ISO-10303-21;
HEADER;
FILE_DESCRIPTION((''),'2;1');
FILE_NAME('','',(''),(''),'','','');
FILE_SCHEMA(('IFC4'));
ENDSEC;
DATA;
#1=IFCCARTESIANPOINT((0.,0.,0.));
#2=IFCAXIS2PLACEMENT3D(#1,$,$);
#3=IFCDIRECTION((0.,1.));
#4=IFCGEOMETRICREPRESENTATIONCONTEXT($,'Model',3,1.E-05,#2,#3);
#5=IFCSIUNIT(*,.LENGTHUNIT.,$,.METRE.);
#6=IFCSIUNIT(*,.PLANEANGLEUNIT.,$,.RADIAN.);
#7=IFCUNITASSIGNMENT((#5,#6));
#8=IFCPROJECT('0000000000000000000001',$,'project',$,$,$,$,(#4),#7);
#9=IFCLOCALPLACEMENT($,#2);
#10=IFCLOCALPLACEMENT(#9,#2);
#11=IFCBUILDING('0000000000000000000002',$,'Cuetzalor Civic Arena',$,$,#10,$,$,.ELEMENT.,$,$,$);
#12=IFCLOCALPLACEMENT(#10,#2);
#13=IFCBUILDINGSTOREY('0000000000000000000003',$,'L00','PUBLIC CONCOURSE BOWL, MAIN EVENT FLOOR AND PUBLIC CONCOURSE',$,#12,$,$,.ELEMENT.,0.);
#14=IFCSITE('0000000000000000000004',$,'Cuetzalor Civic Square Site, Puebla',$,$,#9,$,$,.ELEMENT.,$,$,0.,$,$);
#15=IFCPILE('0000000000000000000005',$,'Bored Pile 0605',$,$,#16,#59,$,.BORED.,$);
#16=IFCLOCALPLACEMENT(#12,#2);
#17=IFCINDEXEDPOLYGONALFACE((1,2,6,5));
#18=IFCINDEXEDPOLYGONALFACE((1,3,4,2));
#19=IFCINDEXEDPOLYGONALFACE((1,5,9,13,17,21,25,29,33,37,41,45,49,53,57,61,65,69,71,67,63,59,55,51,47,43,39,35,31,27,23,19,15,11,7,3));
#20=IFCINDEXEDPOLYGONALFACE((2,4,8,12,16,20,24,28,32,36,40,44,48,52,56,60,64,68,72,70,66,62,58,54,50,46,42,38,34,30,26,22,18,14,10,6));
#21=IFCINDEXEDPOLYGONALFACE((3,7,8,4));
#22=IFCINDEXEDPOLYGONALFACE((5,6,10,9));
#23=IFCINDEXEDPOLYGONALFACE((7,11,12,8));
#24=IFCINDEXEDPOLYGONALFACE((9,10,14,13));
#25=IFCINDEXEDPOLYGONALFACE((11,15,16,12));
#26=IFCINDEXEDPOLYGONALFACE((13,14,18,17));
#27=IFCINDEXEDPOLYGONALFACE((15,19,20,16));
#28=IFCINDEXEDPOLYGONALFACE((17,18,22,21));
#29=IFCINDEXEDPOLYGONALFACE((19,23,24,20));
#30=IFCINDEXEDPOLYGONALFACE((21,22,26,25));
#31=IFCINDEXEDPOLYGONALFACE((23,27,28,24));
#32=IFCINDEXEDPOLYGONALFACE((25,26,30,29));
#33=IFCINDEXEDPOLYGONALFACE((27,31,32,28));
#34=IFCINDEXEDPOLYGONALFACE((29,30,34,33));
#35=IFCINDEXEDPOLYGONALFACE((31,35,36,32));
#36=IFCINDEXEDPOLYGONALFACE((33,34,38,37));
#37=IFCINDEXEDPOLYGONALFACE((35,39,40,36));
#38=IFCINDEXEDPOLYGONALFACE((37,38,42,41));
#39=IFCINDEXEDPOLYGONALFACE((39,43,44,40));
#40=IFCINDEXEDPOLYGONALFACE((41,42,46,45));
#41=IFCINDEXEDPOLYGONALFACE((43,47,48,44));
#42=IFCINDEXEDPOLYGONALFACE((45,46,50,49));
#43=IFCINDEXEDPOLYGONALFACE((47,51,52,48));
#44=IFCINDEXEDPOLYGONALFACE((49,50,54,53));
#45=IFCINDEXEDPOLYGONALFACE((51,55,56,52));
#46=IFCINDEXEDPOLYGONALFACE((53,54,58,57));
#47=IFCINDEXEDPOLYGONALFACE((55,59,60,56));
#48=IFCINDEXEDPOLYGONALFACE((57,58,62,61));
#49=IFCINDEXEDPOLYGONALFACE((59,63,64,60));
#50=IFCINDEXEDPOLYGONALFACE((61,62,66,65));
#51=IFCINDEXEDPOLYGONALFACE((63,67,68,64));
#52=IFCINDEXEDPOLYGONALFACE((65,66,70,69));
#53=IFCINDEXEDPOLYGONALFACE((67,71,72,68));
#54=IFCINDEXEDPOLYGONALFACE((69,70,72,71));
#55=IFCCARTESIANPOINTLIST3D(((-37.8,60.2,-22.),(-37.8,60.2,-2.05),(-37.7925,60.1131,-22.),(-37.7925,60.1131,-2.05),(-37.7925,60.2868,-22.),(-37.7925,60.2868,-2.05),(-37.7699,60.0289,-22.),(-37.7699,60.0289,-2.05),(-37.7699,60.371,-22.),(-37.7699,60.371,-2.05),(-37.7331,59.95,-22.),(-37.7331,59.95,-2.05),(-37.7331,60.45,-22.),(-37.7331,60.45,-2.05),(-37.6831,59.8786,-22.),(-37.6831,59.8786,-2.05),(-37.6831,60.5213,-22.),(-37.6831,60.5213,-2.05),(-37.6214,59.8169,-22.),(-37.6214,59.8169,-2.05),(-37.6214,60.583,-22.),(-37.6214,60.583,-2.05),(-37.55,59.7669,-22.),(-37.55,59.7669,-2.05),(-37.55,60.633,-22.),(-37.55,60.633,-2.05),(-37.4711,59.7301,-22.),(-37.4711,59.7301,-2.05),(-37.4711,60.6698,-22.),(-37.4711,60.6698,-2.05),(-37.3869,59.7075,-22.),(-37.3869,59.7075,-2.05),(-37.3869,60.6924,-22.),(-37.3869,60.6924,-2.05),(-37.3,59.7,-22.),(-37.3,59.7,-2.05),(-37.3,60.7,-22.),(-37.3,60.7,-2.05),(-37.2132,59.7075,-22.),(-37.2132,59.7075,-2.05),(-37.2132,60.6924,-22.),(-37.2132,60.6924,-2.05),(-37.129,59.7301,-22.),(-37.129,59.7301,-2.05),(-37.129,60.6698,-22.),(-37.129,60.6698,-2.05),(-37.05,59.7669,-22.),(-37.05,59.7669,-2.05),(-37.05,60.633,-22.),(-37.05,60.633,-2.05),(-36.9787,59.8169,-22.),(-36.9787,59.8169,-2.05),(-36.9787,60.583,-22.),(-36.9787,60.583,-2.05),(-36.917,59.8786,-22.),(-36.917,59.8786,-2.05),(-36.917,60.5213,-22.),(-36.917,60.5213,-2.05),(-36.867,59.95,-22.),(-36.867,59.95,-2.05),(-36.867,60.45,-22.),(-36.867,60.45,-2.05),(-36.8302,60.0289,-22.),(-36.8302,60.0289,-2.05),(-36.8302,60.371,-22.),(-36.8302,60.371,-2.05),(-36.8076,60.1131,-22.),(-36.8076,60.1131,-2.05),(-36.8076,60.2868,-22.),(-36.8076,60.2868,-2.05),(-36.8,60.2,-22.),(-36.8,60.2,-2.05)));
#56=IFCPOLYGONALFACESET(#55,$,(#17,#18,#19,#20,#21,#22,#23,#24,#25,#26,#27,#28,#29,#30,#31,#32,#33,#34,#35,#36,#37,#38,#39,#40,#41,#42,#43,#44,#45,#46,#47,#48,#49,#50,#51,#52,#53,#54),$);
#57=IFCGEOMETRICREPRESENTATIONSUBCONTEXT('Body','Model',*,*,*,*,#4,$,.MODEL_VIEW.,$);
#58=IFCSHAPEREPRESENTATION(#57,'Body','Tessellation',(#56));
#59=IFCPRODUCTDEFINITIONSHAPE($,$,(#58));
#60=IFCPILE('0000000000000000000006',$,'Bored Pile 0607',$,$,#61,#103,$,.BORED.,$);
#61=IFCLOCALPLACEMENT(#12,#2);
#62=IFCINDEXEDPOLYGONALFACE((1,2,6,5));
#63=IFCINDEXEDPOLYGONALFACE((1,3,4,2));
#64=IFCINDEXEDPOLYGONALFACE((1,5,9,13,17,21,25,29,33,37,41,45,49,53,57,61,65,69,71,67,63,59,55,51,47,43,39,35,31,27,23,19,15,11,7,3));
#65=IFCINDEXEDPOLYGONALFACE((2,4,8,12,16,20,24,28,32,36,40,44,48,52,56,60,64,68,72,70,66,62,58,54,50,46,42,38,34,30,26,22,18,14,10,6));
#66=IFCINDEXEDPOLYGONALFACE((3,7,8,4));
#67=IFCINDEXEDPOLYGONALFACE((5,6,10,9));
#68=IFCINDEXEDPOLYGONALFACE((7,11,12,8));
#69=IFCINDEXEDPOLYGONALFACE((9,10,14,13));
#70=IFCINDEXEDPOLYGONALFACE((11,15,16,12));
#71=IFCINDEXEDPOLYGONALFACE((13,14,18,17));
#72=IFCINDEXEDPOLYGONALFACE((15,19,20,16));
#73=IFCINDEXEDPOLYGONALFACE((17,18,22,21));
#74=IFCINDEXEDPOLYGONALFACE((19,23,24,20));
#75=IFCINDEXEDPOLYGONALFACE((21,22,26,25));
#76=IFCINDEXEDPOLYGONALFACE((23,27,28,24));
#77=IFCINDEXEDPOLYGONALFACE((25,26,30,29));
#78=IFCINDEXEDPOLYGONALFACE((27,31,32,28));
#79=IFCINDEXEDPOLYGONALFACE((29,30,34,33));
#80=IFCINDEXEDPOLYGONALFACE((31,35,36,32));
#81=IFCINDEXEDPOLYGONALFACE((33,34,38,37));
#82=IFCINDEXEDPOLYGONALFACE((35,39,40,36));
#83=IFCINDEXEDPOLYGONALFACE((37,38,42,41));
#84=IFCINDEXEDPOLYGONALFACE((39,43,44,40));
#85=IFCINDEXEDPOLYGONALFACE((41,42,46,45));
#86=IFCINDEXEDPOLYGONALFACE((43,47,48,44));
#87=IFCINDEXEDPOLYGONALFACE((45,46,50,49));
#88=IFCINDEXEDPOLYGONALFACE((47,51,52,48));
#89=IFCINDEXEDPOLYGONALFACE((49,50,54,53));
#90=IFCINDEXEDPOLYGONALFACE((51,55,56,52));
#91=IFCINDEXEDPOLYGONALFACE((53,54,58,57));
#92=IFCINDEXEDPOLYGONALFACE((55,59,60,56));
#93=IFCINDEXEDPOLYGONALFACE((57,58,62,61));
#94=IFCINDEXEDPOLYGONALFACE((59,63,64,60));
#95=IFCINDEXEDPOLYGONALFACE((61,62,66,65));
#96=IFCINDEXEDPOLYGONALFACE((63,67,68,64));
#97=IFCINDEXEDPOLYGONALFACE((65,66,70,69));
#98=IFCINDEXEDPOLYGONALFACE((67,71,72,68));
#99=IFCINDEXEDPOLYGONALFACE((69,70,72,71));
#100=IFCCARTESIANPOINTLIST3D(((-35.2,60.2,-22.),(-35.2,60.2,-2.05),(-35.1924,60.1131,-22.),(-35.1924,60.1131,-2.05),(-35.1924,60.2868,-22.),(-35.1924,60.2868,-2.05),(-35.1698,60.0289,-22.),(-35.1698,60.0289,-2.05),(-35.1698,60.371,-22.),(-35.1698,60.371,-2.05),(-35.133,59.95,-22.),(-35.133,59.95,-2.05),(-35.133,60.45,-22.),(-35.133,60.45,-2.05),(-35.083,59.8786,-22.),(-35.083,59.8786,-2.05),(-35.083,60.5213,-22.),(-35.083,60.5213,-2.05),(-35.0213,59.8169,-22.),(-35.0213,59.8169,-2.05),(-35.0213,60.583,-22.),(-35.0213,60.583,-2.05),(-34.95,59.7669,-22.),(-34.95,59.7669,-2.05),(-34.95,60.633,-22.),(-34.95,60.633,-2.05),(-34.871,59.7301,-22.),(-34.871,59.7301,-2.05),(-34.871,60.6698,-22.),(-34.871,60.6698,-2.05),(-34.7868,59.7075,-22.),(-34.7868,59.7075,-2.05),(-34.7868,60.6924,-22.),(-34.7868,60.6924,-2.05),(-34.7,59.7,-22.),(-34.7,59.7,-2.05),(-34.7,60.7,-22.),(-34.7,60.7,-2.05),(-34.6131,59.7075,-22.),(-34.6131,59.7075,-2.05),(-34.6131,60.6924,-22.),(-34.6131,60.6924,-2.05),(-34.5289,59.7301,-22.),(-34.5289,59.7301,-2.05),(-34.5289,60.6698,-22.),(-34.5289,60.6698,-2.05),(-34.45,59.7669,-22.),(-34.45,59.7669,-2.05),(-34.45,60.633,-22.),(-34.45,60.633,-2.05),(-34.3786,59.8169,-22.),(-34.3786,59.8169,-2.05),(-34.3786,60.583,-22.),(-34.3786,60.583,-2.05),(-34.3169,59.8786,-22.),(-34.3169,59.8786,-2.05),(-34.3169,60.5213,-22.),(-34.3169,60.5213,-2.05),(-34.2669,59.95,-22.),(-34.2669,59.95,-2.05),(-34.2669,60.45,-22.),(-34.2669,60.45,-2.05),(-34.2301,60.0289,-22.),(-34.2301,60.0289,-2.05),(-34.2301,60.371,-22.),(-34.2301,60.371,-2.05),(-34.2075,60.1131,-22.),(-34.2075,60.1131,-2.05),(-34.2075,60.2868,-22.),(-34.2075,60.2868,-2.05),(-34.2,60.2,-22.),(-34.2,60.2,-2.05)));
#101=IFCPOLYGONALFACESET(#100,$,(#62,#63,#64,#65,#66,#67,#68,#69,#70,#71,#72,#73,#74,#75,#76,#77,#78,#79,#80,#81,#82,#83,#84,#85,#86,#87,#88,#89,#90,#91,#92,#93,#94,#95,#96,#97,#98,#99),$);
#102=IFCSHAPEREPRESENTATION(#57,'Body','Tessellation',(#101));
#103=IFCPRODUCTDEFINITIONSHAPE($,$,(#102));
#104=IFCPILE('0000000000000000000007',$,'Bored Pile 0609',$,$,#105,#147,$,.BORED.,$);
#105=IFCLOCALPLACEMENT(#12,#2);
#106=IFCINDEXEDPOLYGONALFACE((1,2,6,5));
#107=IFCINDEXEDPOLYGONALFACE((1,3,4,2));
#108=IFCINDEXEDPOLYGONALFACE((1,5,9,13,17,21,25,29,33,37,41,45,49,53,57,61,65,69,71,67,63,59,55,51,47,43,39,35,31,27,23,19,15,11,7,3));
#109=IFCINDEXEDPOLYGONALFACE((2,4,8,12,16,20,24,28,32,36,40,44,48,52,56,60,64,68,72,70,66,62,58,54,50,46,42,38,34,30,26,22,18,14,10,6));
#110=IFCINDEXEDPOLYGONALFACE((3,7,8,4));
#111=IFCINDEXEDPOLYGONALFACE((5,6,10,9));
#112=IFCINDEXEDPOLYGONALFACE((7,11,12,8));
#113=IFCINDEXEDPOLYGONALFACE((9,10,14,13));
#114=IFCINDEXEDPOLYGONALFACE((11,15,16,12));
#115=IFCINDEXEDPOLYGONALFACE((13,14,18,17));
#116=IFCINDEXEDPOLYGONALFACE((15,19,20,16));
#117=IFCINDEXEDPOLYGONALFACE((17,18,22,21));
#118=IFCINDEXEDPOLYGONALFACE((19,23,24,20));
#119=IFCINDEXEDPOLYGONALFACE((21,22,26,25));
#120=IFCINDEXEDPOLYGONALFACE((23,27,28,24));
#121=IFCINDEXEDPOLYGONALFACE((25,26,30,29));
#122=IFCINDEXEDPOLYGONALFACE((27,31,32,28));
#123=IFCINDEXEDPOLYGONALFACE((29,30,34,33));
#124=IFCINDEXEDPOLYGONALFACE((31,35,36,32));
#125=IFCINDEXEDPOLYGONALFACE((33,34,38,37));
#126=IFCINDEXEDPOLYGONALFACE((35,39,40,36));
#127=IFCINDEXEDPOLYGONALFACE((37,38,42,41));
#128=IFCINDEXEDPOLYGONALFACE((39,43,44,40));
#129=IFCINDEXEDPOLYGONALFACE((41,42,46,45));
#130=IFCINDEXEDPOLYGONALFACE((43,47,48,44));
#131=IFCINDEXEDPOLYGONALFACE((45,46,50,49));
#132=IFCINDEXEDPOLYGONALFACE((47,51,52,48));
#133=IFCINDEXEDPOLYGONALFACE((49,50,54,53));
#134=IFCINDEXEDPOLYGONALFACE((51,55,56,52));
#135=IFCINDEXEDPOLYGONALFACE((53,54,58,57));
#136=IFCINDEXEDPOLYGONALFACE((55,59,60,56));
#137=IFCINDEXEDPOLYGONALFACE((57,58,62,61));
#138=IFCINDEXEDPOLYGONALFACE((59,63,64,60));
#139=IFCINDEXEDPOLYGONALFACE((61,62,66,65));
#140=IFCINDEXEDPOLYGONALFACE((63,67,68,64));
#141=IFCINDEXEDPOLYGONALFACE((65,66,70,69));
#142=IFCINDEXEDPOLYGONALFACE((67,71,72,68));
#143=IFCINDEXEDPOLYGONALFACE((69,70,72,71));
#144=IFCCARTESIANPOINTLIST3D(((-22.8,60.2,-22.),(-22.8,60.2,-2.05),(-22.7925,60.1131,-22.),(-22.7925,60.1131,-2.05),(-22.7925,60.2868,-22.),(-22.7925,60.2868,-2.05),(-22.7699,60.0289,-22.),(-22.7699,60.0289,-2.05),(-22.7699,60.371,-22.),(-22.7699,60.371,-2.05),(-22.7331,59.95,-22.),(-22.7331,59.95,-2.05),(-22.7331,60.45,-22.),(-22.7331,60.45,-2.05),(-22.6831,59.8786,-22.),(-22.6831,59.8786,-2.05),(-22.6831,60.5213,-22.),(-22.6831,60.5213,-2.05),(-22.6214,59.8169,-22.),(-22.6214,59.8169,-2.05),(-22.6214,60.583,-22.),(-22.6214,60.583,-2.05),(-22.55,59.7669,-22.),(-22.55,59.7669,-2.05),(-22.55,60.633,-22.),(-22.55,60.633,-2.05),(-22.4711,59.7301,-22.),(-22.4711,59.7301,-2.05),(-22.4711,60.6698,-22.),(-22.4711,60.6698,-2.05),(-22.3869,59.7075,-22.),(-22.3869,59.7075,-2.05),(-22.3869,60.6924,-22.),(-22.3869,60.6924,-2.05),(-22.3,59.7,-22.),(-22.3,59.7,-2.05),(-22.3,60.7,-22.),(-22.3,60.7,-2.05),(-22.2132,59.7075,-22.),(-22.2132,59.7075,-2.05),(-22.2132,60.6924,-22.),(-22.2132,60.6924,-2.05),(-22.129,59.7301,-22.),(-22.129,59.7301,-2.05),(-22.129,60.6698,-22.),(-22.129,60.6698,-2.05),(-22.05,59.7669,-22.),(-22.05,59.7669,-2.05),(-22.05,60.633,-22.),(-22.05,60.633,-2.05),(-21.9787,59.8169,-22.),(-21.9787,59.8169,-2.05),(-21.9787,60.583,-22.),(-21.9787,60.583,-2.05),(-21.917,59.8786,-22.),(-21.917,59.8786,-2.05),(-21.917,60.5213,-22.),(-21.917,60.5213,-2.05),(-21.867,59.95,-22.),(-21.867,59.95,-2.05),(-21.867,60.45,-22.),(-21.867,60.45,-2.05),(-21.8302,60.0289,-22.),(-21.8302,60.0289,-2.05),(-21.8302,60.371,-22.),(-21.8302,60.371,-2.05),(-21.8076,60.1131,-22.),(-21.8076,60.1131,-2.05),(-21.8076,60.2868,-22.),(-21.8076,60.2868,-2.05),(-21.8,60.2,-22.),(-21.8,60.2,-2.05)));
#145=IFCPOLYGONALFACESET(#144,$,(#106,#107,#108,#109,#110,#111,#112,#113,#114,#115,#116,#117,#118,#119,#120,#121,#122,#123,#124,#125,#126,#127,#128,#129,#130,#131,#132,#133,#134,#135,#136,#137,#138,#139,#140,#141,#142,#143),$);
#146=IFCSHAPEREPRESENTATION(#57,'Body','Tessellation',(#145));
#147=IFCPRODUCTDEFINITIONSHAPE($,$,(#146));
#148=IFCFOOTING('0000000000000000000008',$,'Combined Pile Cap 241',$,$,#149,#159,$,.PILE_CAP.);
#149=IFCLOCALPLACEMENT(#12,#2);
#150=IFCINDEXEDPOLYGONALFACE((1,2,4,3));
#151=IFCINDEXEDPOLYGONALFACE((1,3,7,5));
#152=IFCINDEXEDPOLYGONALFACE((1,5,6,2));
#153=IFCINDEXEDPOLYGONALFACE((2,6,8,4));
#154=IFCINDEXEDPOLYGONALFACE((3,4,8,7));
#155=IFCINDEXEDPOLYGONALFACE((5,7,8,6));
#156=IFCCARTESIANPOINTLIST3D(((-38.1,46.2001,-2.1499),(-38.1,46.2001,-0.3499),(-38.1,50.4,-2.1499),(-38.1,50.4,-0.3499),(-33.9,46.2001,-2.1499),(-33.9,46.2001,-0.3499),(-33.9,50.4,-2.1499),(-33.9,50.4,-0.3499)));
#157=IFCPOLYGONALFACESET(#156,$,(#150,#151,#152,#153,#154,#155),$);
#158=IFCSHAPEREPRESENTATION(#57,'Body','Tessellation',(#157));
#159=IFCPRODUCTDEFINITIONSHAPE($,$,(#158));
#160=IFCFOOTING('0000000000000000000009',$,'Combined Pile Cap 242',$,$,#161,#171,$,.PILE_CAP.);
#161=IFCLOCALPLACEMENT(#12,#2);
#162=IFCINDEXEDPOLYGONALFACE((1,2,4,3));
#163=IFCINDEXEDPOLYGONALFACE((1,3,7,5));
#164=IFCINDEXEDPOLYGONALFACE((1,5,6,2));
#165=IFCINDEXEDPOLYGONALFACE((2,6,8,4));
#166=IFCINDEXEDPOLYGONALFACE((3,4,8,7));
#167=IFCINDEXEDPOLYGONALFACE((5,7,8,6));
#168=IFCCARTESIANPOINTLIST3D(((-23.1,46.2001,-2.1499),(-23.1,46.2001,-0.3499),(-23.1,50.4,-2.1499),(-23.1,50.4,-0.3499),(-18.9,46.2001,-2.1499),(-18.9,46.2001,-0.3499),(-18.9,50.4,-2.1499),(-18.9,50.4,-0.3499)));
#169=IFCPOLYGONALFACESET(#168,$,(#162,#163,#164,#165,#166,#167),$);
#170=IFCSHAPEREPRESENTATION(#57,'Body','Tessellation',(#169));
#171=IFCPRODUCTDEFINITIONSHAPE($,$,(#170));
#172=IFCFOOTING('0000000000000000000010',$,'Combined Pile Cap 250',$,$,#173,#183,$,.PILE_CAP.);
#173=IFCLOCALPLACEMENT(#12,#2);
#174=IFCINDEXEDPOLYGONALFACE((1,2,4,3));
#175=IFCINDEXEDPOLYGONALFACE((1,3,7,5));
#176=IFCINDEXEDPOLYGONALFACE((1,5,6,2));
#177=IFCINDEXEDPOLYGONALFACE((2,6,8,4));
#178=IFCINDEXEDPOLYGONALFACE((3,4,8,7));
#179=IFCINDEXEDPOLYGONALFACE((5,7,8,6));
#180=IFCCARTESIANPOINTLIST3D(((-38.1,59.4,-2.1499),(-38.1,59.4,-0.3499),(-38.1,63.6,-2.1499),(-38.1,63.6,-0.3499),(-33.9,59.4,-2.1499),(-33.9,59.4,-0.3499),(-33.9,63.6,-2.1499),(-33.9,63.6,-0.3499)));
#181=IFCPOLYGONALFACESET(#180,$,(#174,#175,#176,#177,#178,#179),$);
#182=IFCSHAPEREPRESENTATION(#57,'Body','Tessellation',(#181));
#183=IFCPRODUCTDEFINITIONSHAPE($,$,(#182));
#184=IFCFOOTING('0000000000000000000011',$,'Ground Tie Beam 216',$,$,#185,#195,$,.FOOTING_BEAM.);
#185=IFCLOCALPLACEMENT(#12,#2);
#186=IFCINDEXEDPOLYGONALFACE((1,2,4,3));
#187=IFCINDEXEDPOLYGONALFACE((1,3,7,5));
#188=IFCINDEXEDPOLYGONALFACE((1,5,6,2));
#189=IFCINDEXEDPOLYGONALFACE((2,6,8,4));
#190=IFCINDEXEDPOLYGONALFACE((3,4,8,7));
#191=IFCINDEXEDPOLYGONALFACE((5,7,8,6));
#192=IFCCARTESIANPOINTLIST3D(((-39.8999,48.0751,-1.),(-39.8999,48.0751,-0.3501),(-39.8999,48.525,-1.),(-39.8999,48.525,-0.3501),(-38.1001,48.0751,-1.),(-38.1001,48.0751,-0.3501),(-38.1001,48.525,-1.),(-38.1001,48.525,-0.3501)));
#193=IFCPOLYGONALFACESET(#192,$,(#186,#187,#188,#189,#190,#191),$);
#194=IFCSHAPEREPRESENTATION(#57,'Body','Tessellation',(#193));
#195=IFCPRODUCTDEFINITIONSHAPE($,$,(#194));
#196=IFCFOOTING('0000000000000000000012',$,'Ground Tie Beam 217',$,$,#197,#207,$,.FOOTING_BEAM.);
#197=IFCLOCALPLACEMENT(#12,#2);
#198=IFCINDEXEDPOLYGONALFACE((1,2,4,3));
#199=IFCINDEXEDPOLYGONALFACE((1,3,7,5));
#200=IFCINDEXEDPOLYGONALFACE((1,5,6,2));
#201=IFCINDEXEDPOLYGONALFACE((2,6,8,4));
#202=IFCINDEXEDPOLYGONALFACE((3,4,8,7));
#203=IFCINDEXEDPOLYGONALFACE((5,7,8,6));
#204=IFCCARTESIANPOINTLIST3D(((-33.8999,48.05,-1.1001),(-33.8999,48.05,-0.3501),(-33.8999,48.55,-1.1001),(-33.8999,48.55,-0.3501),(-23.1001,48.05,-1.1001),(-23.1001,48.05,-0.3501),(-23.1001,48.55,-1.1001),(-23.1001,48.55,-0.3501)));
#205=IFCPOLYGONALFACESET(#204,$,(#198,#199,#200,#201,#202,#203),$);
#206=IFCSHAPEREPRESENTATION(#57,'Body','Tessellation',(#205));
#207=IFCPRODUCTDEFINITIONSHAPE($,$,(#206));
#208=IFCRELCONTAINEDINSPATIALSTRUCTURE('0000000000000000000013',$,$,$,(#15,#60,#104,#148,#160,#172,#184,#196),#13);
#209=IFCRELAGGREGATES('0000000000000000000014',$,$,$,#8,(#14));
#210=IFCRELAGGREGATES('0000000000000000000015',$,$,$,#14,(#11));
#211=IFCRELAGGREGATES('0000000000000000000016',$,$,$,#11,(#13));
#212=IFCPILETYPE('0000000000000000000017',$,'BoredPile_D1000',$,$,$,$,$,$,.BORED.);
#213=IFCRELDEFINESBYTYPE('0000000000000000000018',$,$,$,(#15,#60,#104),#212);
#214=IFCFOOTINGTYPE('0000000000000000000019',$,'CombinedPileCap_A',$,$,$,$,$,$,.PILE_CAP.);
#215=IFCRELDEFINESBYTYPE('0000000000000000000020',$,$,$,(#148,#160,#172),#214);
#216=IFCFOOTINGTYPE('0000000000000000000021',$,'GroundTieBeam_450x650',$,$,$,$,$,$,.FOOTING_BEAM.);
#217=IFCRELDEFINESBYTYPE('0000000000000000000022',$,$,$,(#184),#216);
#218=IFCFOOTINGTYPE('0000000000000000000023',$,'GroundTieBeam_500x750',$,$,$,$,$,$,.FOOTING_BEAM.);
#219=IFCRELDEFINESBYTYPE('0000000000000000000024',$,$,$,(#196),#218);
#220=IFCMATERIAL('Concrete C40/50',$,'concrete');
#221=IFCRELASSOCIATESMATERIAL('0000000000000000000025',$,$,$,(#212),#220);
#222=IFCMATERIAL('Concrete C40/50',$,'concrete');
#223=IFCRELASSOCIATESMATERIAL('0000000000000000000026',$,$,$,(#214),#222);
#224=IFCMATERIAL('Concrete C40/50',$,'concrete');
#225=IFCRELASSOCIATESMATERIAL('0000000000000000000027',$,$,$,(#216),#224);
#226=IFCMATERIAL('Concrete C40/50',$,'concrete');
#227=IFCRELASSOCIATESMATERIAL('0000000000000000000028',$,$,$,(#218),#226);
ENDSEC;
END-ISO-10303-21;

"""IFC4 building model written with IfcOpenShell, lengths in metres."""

from ifc_helpers import new_model, si_unit, direction, frame, origin, origin_2d, place, context, subcontext, project, spatial, rectangle, circle, extrude, material, material_profile, profile_set, type_object, element, save


model = new_model("IFC4")

# Units and contexts
model_context = context("Model", 3, precision=1e-05, world=origin(), true_north=direction((0.0, 1.0)))
body_context = subcontext(model_context, "Body", "Model", "MODEL_VIEW")
ifc_project = project(units=[si_unit("LENGTHUNIT", "METRE"), si_unit("PLANEANGLEUNIT", "RADIAN")], contexts=[model_context])

# Site, building, storey
site_placement = place(None, origin())
site = spatial("IfcSite", under=ifc_project, at=site_placement, Name="Cuetzalor Civic Square Site, Puebla", CompositionType="ELEMENT", RefElevation=0.0)
building_placement = place(site_placement, origin())
building = spatial("IfcBuilding", under=site, at=building_placement, Name="Cuetzalor Civic Arena", CompositionType="ELEMENT")
storey_placement = place(building_placement, origin())
storey = spatial("IfcBuildingStorey", under=building, at=storey_placement, Name="L00", Description="PUBLIC CONCOURSE BOWL, MAIN EVENT FLOOR AND PUBLIC CONCOURSE", CompositionType="ELEMENT", Elevation=0.0)

# Piles
ifc_material_1 = material(Name="Concrete C40/50", Category="concrete")
ifc_material_profile_1 = material_profile(ifc_material_1, circle(Radius=0.5, at=origin_2d()), Name="BORED PILE D1000")
ifc_profile_set_1 = profile_set([ifc_material_profile_1], Name="Concrete C40/50")
pile_type = type_object("IfcPileType", Name="BoredPile_D1000", PredefinedType="BORED", material=ifc_profile_set_1)
for number, where, z_axis, x_axis, name in (
    (1, (-37.3, 60.2, -2.05), (0.0, 0.0, -1.0), (1.0, 0.0, 0.0), "Bored Pile 0605"),
    (2, (-34.7, 60.2, -2.05), (0.0, 0.0, -1.0), (1.0, 0.0, 0.0), "Bored Pile 0607"),
    (3, (-22.3, 60.2, -2.05), (0.0, 0.0, -1.0), (1.0, 0.0, 0.0), "Bored Pile 0609"),
):
    element("IfcPile", number, at=place(storey_placement, frame(where, z_axis=z_axis, x_axis=x_axis)), inside=storey, type_object=pile_type, Name=name, PredefinedType="BORED", context=body_context, shape_type="SweptSolid", body=[
        extrude(circle(Radius=0.5, at=origin_2d()), origin(), (0.0, 0.0, 1.0), 19.95),
    ])

# Footings
ifc_material_2 = material(Name="Concrete C40/50", Category="concrete")
footing_type_1 = type_object("IfcFootingType", Name="CombinedPileCap_A", PredefinedType="PILE_CAP", material=ifc_material_2)
for number, where, z_axis, x_axis, name in (
    (4, (-36.0, 48.3, -2.1499), (0.0, 0.0, 1.0), (1.0, 0.0, 0.0), "Combined Pile Cap 241"),
    (5, (-21.0, 48.3, -2.1499), (0.0, 0.0, 1.0), (1.0, 0.0, 0.0), "Combined Pile Cap 242"),
    (6, (-36.0, 61.5, -2.1499), (0.0, 0.0, 1.0), (1.0, 0.0, 0.0), "Combined Pile Cap 250"),
):
    element("IfcFooting", number, at=place(storey_placement, frame(where, z_axis=z_axis, x_axis=x_axis)), inside=storey, type_object=footing_type_1, Name=name, PredefinedType="PILE_CAP", context=body_context, shape_type="SweptSolid", body=[
        extrude(rectangle(XDim=4.2, YDim=4.2, at=origin_2d()), origin(), (0.0, 0.0, 1.0), 1.8),
    ])
ifc_material_3 = material(Name="Concrete C40/50", Category="concrete")
ifc_material_profile_2 = material_profile(ifc_material_3, rectangle(XDim=0.45, YDim=0.6499, at=origin_2d()), Name="RC 450x650")
ifc_profile_set_2 = profile_set([ifc_material_profile_2], Name="Concrete C40/50")
footing_type_2 = type_object("IfcFootingType", Name="GroundTieBeam_450x650", PredefinedType="FOOTING_BEAM", material=ifc_profile_set_2)
footing_1_placement = place(storey_placement, frame((-39.8999, 48.3, -0.675), z_axis=(1.0, 0.0, 0.0), x_axis=(0.0, 1.0, 0.0)))
element("IfcFooting", 7, at=footing_1_placement, inside=storey, type_object=footing_type_2, Name="Ground Tie Beam 216", PredefinedType="FOOTING_BEAM", context=body_context, shape_type="SweptSolid", body=[
    extrude(rectangle(XDim=0.45, YDim=0.6499, at=origin_2d()), origin(), (0.0, 0.0, 1.0), 1.7998),
])
ifc_material_4 = material(Name="Concrete C40/50", Category="concrete")
ifc_material_profile_3 = material_profile(ifc_material_4, rectangle(XDim=0.5, YDim=0.75, at=origin_2d()), Name="RC 500x750")
ifc_profile_set_3 = profile_set([ifc_material_profile_3], Name="Concrete C40/50")
footing_type_3 = type_object("IfcFootingType", Name="GroundTieBeam_500x750", PredefinedType="FOOTING_BEAM", material=ifc_profile_set_3)
footing_2_placement = place(storey_placement, frame((-33.8999, 48.3, -0.7251), z_axis=(1.0, 0.0, 0.0), x_axis=(0.0, 1.0, 0.0)))
element("IfcFooting", 8, at=footing_2_placement, inside=storey, type_object=footing_type_3, Name="Ground Tie Beam 217", PredefinedType="FOOTING_BEAM", context=body_context, shape_type="SweptSolid", body=[
    extrude(rectangle(XDim=0.5, YDim=0.75, at=origin_2d()), origin(), (0.0, 0.0, 1.0), 10.7998),
])

save(model, "model.ifc")
